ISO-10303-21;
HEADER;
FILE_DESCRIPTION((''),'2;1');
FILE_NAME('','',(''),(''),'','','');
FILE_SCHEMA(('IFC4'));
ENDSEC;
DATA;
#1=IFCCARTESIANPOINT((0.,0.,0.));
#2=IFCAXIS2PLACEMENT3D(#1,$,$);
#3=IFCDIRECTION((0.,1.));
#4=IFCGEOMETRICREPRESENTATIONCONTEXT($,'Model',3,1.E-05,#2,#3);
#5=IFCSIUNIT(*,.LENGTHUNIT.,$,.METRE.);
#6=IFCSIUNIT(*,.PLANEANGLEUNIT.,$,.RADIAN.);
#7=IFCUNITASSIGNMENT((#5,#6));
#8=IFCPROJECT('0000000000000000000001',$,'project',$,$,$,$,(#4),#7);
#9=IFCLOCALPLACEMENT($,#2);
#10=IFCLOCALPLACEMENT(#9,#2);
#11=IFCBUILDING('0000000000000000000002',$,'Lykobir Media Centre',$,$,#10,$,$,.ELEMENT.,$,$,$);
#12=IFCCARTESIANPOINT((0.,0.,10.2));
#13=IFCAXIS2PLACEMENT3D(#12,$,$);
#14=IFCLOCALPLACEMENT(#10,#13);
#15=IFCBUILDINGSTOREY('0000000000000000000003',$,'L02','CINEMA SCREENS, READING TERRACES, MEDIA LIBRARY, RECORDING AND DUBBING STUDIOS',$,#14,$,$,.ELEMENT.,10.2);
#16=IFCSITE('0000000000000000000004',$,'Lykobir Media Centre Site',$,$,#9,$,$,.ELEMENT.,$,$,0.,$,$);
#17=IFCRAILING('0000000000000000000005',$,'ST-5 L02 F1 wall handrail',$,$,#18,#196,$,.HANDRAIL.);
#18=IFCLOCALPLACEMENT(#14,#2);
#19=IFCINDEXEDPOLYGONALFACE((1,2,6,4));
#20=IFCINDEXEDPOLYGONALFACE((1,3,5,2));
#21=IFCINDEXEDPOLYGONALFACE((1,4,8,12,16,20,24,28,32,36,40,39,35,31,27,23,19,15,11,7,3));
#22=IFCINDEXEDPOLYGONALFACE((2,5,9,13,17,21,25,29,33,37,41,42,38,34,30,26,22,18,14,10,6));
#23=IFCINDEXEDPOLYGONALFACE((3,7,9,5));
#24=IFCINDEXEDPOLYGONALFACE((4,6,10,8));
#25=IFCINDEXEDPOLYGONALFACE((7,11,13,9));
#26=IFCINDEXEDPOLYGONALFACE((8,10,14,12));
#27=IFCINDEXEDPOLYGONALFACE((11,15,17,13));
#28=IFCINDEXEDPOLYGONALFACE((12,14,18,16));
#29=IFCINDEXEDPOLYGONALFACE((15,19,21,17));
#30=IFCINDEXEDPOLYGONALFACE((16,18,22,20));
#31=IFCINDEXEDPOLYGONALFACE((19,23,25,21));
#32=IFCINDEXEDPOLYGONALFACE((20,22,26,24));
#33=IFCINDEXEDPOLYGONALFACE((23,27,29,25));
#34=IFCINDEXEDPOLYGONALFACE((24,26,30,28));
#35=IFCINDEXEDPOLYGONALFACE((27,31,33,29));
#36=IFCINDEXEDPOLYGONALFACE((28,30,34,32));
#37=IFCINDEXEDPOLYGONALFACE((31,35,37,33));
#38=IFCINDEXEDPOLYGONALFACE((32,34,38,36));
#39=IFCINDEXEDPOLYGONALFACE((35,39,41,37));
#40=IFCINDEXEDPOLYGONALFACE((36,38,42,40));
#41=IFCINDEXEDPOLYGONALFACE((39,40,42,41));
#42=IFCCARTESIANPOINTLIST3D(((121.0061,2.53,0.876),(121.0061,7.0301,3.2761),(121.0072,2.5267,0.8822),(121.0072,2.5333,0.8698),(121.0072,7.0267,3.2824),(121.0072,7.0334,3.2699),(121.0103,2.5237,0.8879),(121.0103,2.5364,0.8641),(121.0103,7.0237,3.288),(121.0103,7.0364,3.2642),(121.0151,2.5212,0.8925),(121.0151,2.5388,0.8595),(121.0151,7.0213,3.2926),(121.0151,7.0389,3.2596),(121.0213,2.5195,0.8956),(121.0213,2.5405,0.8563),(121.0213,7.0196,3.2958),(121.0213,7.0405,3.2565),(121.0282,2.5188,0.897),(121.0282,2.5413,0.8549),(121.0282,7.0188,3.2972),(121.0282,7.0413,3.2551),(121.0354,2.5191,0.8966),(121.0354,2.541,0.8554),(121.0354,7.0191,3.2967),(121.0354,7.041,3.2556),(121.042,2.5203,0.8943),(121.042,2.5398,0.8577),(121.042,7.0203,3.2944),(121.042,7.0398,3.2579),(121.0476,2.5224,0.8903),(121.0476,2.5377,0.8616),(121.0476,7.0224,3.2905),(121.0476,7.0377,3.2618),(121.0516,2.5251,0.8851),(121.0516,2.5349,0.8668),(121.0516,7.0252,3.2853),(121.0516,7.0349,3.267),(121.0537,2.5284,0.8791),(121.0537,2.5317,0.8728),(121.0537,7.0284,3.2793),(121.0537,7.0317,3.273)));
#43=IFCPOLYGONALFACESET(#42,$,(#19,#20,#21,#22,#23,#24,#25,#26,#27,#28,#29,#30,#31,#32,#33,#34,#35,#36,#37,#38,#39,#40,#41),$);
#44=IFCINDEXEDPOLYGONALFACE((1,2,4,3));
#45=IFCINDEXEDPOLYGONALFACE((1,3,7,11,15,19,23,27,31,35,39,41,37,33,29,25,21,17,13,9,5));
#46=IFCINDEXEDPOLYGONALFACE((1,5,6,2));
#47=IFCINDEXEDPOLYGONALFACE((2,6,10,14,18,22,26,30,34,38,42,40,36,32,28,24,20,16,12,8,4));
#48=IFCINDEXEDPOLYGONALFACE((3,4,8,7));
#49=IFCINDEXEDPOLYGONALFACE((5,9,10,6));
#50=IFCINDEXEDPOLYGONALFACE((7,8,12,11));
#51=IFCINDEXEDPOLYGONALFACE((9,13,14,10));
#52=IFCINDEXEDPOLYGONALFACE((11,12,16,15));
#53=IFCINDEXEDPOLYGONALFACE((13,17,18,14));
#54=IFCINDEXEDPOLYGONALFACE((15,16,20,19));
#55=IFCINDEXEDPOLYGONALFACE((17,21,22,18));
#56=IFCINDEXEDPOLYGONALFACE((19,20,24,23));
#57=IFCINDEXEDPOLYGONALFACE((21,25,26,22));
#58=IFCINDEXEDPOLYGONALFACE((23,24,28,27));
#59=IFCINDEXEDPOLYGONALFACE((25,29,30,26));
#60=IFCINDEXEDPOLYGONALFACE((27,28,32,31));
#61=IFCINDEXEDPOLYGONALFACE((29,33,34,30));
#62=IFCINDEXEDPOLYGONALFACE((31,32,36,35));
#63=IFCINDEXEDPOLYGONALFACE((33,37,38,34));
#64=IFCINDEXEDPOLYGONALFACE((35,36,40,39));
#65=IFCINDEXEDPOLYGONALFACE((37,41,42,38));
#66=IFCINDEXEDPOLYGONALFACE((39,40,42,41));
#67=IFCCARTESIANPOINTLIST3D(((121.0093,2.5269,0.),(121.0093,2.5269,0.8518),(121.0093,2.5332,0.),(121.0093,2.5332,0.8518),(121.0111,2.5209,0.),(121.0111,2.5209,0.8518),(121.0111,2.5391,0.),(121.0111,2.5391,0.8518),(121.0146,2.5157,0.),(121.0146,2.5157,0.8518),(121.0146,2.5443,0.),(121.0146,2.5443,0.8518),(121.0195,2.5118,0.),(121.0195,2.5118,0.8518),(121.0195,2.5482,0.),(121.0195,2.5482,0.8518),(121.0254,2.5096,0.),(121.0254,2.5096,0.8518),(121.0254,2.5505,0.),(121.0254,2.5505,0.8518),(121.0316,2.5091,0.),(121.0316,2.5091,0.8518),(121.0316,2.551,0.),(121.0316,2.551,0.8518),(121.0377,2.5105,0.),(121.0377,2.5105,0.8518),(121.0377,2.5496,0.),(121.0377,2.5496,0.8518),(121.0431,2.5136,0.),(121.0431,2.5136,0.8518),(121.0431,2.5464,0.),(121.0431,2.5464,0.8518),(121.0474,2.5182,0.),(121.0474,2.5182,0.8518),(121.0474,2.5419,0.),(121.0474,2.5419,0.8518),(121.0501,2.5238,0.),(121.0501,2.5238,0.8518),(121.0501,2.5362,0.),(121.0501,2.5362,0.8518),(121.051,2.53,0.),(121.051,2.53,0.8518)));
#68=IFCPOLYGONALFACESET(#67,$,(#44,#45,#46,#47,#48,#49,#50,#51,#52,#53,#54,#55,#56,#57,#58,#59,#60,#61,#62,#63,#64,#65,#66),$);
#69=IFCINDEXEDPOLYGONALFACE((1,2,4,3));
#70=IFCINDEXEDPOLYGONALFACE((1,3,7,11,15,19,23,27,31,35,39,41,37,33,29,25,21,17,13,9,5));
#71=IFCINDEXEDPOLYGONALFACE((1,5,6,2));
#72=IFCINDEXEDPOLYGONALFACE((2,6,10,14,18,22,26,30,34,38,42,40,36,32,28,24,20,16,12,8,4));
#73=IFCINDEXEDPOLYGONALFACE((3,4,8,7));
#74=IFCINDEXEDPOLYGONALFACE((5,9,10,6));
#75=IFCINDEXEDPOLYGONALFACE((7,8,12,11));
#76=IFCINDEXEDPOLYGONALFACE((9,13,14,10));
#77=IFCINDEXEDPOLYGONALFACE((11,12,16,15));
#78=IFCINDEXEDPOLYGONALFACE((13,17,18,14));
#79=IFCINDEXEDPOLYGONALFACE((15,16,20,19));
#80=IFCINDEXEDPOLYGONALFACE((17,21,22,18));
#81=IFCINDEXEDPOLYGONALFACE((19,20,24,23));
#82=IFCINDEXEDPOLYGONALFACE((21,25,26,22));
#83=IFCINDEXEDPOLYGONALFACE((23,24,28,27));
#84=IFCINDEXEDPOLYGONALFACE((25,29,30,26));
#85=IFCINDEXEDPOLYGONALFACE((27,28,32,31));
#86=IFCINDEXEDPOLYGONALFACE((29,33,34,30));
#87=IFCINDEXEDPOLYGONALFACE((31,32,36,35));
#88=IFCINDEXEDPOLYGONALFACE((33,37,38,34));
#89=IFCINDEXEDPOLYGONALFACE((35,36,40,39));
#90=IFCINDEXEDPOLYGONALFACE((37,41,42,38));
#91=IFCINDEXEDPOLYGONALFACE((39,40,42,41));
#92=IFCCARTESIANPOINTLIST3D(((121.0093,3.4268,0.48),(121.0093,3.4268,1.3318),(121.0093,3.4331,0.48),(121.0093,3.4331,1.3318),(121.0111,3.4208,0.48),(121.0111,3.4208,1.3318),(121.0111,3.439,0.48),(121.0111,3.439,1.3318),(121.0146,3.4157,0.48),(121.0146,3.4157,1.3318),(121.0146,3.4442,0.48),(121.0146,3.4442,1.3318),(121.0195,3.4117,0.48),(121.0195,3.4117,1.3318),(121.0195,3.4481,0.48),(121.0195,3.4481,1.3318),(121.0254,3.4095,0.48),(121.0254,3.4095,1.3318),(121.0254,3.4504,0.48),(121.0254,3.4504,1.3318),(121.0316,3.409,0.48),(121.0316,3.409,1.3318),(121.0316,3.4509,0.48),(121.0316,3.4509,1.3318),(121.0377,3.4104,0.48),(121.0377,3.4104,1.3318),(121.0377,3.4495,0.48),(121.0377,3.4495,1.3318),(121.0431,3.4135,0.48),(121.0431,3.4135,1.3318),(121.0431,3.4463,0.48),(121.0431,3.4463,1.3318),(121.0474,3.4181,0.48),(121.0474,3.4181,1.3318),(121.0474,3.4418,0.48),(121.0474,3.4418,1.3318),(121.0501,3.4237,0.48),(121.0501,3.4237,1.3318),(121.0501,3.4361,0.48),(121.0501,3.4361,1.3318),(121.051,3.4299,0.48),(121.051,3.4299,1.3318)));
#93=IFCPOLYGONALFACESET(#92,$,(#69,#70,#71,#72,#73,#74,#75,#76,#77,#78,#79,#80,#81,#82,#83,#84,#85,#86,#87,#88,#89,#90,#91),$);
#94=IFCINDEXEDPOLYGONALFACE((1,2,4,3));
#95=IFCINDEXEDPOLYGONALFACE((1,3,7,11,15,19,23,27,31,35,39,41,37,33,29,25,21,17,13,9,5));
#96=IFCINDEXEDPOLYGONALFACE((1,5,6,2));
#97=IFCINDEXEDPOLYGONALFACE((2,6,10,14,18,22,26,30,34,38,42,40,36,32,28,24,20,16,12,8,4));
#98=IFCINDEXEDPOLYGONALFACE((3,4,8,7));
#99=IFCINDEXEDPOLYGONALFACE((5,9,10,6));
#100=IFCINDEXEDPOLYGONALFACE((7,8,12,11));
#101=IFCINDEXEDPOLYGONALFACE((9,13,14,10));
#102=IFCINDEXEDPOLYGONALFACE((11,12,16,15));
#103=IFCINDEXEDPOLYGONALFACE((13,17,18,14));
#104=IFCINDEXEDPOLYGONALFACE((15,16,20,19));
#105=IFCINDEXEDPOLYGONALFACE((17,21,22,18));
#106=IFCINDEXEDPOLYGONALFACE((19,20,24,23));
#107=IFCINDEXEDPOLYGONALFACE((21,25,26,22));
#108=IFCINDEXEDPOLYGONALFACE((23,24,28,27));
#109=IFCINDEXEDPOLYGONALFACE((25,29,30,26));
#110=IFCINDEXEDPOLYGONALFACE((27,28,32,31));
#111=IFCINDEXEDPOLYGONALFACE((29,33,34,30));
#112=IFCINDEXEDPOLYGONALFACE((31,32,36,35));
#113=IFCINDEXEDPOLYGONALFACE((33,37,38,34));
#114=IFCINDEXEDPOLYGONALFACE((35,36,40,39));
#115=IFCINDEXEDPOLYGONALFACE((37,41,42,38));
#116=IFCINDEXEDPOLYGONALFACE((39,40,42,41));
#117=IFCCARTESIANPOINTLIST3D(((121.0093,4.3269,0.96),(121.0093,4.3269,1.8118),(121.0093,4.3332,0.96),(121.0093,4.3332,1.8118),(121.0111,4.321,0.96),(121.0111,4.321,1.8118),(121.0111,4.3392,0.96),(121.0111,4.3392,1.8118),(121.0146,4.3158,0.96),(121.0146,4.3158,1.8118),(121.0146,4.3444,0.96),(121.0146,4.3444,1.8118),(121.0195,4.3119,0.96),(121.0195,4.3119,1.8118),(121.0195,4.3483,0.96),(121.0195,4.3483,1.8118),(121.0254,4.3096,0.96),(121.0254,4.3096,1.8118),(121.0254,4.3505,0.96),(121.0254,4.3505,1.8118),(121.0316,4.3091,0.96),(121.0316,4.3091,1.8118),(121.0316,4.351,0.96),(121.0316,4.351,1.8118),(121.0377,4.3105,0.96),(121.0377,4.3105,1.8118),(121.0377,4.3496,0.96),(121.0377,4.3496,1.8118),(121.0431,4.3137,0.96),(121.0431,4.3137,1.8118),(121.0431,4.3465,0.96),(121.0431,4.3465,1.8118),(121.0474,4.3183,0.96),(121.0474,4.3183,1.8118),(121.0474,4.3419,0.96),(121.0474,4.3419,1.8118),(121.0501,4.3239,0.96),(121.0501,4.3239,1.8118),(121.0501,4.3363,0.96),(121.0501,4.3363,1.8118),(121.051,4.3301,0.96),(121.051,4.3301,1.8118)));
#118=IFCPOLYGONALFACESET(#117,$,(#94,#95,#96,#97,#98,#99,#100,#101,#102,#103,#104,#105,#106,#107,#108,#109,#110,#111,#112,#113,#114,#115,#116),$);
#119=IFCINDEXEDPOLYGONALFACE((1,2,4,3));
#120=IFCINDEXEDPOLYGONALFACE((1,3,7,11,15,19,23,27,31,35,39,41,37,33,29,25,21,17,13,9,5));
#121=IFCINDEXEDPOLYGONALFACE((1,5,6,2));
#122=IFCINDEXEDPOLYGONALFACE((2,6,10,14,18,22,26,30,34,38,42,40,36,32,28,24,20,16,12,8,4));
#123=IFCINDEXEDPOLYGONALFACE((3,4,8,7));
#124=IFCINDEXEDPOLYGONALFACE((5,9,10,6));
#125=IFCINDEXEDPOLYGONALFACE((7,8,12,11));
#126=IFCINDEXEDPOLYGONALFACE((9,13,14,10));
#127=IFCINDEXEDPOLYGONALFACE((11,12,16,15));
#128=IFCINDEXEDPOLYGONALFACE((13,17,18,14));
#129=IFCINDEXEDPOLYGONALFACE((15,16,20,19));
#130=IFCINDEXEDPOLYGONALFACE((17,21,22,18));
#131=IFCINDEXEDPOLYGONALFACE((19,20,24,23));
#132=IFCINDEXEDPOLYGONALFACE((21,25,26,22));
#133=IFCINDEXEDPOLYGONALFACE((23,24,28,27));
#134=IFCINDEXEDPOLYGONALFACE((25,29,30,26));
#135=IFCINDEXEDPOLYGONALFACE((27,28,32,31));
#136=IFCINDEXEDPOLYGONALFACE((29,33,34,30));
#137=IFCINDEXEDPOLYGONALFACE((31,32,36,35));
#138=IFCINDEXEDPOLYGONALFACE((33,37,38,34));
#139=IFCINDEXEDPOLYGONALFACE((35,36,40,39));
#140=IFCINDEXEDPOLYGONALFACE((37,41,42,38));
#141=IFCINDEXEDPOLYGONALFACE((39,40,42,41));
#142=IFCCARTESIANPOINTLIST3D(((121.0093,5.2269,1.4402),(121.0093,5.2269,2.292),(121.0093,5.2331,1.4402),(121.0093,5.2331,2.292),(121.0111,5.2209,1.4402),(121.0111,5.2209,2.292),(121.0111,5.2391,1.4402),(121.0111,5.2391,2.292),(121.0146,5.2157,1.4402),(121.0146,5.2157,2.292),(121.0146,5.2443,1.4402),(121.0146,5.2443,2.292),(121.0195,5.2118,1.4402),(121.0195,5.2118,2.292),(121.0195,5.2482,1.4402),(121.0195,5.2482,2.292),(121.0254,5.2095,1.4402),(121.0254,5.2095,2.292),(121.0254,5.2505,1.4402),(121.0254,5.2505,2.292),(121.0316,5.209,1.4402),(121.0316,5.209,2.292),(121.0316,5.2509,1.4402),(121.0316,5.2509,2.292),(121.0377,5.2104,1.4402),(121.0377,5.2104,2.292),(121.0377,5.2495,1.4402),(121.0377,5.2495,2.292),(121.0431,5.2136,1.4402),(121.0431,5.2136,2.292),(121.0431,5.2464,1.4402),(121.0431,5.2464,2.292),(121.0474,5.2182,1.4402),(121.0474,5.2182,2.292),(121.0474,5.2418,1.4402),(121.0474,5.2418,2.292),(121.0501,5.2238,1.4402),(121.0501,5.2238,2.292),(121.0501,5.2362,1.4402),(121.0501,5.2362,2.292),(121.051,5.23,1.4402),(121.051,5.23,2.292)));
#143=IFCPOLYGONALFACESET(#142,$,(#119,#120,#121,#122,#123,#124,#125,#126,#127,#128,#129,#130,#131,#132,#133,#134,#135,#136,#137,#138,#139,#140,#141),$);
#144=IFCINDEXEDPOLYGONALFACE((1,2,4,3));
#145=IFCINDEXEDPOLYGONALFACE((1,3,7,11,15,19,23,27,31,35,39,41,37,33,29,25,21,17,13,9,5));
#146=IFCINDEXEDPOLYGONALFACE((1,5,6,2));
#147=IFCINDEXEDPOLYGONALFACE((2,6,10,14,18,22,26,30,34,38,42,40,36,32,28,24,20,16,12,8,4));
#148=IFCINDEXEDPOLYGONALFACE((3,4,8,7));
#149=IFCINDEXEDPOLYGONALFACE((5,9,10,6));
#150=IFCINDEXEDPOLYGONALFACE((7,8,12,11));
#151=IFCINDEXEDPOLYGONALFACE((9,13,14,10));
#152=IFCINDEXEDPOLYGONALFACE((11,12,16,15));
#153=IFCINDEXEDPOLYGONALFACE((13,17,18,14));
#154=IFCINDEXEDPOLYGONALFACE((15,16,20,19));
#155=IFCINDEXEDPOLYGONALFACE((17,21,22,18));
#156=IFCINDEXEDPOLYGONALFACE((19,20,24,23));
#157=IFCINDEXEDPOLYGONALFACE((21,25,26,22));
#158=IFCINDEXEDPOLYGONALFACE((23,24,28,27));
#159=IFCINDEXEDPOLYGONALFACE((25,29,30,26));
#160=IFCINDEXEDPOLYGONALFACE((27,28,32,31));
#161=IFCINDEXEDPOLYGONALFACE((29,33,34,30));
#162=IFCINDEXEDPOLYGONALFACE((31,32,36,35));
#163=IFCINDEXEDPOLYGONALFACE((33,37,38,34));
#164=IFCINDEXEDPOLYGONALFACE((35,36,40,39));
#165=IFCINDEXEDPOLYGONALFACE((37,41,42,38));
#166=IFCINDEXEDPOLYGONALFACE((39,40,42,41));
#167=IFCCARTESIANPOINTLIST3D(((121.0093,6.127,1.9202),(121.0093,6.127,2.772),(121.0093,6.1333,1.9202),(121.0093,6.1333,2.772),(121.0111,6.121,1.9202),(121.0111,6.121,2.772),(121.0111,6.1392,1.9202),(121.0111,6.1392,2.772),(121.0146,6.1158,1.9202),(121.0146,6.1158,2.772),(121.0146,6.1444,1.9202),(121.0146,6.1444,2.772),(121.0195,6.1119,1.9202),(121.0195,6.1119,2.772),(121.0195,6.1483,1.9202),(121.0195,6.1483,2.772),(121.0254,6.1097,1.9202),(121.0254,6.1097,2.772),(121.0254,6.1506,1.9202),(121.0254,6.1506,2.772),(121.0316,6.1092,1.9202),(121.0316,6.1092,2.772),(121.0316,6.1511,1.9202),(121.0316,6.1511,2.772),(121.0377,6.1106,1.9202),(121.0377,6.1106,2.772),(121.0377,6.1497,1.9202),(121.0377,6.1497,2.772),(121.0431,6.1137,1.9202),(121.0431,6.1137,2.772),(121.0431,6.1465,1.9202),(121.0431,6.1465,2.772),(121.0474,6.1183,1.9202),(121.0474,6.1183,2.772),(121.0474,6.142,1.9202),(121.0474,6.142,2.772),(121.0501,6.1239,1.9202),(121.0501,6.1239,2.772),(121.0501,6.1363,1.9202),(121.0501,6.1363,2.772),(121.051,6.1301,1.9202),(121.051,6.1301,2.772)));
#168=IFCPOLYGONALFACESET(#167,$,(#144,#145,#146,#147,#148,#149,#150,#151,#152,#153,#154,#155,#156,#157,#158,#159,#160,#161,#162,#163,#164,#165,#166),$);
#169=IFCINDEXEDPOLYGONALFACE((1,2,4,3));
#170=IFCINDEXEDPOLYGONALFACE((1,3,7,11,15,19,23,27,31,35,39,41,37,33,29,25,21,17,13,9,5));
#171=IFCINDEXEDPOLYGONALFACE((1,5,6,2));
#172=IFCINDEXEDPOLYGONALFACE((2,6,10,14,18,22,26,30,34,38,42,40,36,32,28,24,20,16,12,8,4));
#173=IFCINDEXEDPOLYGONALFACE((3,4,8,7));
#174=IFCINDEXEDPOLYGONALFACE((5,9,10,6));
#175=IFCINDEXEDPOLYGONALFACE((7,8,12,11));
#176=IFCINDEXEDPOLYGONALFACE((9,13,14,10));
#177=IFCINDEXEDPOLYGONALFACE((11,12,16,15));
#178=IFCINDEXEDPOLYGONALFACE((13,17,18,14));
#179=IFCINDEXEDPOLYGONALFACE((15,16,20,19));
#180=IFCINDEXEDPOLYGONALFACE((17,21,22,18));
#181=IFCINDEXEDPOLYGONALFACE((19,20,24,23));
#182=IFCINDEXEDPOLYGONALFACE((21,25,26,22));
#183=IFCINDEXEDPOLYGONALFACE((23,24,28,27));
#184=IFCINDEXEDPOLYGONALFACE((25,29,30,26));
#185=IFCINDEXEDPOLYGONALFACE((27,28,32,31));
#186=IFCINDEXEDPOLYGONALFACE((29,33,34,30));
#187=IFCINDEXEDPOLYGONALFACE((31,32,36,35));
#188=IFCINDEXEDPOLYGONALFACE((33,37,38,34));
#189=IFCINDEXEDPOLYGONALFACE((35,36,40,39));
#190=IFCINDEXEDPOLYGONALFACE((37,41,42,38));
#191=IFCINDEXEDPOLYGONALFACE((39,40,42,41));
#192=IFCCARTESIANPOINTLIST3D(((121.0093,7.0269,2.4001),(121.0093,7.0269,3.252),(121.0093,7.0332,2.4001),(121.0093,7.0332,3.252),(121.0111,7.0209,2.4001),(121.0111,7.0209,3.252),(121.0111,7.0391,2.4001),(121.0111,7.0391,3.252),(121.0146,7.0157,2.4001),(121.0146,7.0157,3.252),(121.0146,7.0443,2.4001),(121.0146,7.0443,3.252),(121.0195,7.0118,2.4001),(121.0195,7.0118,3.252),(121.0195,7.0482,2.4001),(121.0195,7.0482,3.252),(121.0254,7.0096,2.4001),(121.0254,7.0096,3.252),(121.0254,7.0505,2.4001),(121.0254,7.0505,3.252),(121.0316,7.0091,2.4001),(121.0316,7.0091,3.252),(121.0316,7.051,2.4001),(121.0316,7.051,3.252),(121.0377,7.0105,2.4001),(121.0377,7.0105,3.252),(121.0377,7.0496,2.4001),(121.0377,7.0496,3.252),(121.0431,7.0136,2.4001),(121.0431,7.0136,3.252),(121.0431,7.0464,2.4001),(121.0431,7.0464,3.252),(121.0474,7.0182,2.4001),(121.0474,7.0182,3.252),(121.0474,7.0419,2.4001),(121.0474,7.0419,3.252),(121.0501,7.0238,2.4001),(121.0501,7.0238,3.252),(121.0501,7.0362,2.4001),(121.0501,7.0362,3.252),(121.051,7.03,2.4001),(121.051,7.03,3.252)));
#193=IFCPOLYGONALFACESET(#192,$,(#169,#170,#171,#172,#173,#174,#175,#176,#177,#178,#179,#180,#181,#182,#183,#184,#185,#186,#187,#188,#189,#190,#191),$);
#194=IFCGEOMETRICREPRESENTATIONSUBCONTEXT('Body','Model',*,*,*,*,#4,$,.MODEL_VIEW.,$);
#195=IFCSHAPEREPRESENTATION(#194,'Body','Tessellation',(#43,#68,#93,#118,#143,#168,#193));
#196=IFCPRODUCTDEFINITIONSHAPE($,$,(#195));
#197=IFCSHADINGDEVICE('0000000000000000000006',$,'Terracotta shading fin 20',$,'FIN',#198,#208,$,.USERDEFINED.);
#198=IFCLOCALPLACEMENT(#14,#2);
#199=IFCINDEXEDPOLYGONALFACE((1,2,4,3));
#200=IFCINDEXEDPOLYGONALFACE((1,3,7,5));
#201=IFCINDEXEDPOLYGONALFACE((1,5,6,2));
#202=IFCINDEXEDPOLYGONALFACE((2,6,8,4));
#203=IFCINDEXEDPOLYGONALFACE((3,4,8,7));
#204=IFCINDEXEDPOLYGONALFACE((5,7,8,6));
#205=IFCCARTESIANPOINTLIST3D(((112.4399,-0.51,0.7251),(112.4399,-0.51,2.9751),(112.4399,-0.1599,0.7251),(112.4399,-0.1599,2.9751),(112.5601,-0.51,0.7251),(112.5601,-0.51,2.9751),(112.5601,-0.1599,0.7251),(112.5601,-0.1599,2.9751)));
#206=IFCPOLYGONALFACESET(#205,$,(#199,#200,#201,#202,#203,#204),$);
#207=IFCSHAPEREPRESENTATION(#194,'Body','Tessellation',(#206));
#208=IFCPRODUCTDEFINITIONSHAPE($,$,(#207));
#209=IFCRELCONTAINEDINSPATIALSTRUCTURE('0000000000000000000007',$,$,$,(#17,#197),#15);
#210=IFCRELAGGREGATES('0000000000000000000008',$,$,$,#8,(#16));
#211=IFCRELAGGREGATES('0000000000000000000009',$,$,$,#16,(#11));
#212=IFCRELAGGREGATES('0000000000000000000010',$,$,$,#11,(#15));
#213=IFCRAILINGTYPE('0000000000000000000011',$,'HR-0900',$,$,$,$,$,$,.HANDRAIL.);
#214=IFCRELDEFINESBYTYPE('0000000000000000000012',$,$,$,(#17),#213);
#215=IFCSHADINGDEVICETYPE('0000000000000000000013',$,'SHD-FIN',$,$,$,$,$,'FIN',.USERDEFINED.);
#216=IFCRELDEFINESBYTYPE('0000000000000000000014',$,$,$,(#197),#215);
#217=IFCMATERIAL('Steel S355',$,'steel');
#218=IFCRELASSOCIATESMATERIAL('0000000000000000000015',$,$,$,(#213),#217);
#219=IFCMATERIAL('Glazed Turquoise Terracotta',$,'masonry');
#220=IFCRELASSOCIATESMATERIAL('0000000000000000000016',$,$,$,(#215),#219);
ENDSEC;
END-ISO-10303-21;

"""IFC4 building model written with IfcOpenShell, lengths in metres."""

from ifc_helpers import new_model, si_unit, direction, frame, origin, origin_2d, place, context, subcontext, project, spatial, rectangle, circle, extrude, material, type_object, element, save


model = new_model("IFC4")

# Units and contexts
model_context = context("Model", 3, precision=1e-05, world=origin(), true_north=direction((0.0, 1.0)))
body_context = subcontext(model_context, "Body", "Model", "MODEL_VIEW")
ifc_project = project(units=[si_unit("LENGTHUNIT", "METRE"), si_unit("PLANEANGLEUNIT", "RADIAN")], contexts=[model_context])

# Site, building, storey
site_placement = place(None, origin())
site = spatial("IfcSite", under=ifc_project, at=site_placement, Name="Lykobir Media Centre Site", CompositionType="ELEMENT", RefElevation=0.0)
building_placement = place(site_placement, origin())
building = spatial("IfcBuilding", under=site, at=building_placement, Name="Lykobir Media Centre", CompositionType="ELEMENT")
storey_placement = place(building_placement, frame((0.0, 0.0, 10.2)))
storey = spatial("IfcBuildingStorey", under=building, at=storey_placement, Name="L02", Description="CINEMA SCREENS, READING TERRACES, MEDIA LIBRARY, RECORDING AND DUBBING STUDIOS", CompositionType="ELEMENT", Elevation=10.2)

# Shared definitions
ifc_material_1 = material(Name="Steel S355", Category="steel")

# Shared definitions
ifc_material_2 = material(Name="Glazed Turquoise Terracotta", Category="masonry")

# Railing
railing_type_1 = type_object("IfcRailingType", Name="HR-0900", PredefinedType="HANDRAIL", material=ifc_material_1)
railing_1_placement = place(storey_placement, frame((121.03, 2.53, 0.0)))
element("IfcRailing", 1, at=railing_1_placement, inside=storey, type_object=railing_type_1, Name="ST-5 L02 F1 wall handrail", PredefinedType="HANDRAIL", context=body_context, shape_type="SweptSolid", body=[
    extrude(circle(Radius=0.0239, at=origin_2d()), frame((0.0, 0.0, 0.876), z_axis=(0.0, 0.882341, 0.470611), x_axis=(-1.0, 0.0, 0.0)), (0.0, 0.0, 1.0), 5.1001),
    extrude(circle(Radius=0.021, at=origin_2d()), origin(), (0.0, 0.0, 1.0), 0.8518),
    extrude(circle(Radius=0.021, at=origin_2d()), frame((0.0, 0.8999, 0.48)), (0.0, 0.0, 1.0), 0.8518),
    extrude(circle(Radius=0.021, at=origin_2d()), frame((0.0, 1.8, 0.96)), (0.0, 0.0, 1.0), 0.8518),
    extrude(circle(Radius=0.021, at=origin_2d()), frame((0.0, 2.7, 1.4402)), (0.0, 0.0, 1.0), 0.8518),
    extrude(circle(Radius=0.021, at=origin_2d()), frame((0.0, 3.6001, 1.9202)), (0.0, 0.0, 1.0), 0.8518),
    extrude(circle(Radius=0.021, at=origin_2d()), frame((0.0, 4.5, 2.4001)), (0.0, 0.0, 1.0), 0.8518),
])

# Shading device
shading_device_type = type_object("IfcShadingDeviceType", Name="SHD-FIN", ElementType="FIN", PredefinedType="USERDEFINED", material=ifc_material_2)
shading_device_placement = place(storey_placement, frame((112.5, -0.335, 0.7251), z_axis=(0.0, 0.0, 1.0), x_axis=(1.0, 0.0, 0.0)))
element("IfcShadingDevice", 2, at=shading_device_placement, inside=storey, type_object=shading_device_type, Name="Terracotta shading fin 20", ObjectType="FIN", PredefinedType="USERDEFINED", context=body_context, shape_type="SweptSolid", body=[
    extrude(rectangle(XDim=0.1201, YDim=0.3501, at=origin_2d()), origin(), (0.0, 0.0, 1.0), 2.25),
])

save(model, "model.ifc")
